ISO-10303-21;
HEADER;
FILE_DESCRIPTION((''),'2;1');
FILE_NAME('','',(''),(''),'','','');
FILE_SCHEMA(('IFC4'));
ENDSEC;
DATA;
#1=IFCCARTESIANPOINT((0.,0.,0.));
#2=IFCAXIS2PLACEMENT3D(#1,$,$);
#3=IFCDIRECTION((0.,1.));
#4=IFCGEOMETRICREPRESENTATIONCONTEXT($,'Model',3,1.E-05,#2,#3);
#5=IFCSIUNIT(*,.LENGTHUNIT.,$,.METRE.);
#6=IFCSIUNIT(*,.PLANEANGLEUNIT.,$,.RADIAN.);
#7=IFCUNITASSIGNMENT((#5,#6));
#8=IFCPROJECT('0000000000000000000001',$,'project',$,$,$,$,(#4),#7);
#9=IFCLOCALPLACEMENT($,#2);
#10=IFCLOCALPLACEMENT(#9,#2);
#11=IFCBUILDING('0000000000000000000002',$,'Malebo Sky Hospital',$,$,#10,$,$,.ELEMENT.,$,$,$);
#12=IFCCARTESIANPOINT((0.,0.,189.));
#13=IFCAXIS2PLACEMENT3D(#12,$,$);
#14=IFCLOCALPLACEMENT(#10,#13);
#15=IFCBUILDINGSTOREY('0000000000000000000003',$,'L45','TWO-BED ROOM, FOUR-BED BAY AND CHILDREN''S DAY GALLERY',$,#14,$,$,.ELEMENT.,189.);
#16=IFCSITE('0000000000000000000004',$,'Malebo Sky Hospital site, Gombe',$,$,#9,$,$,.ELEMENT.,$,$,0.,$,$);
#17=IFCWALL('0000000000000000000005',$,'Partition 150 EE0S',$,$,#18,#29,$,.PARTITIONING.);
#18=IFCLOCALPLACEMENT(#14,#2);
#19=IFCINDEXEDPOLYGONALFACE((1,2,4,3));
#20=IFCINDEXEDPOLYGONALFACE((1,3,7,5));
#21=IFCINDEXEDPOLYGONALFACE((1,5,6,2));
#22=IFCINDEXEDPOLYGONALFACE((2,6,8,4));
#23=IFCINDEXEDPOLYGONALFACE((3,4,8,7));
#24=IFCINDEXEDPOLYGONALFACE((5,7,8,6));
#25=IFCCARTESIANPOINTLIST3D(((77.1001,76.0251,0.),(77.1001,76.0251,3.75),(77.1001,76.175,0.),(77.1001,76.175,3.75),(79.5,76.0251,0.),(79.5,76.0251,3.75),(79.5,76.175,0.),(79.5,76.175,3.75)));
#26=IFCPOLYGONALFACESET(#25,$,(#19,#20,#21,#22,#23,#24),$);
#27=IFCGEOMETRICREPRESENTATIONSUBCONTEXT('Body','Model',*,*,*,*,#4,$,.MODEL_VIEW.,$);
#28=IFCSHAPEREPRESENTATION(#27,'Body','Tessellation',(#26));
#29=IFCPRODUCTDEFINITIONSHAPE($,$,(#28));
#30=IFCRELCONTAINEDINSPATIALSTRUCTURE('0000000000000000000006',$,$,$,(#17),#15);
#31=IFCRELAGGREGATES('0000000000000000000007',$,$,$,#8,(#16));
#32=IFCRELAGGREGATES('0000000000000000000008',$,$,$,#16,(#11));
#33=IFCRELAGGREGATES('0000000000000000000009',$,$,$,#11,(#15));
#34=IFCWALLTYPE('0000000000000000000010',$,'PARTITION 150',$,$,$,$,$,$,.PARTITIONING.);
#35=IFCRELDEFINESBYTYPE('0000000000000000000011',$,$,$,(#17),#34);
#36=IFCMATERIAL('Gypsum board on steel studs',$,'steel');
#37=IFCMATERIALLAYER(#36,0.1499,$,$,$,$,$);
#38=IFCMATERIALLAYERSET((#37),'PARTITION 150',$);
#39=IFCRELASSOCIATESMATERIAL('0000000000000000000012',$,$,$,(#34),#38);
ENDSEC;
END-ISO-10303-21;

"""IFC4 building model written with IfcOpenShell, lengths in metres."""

from ifc_helpers import new_model, si_unit, direction, frame, frame_2d, origin, place, context, subcontext, project, spatial, rectangle, extrude, material, layer, layer_set, type_object, element, save


model = new_model("IFC4")

# Units and contexts
model_context = context("Model", 3, precision=1e-05, world=origin(), true_north=direction((0.0, 1.0)))
body_context = subcontext(model_context, "Body", "Model", "MODEL_VIEW")
ifc_project = project(units=[si_unit("LENGTHUNIT", "METRE"), si_unit("PLANEANGLEUNIT", "RADIAN")], contexts=[model_context])

# Site, building, storey
site_placement = place(None, origin())
site = spatial("IfcSite", under=ifc_project, at=site_placement, Name="Malebo Sky Hospital site, Gombe", CompositionType="ELEMENT", RefElevation=0.0)
building_placement = place(site_placement, origin())
building = spatial("IfcBuilding", under=site, at=building_placement, Name="Malebo Sky Hospital", CompositionType="ELEMENT")
storey_placement = place(building_placement, frame((0.0, 0.0, 189.0)))
storey = spatial("IfcBuildingStorey", under=building, at=storey_placement, Name="L45", Description="TWO-BED ROOM, FOUR-BED BAY AND CHILDREN'S DAY GALLERY", CompositionType="ELEMENT", Elevation=189.0)

# Shared definitions
ifc_material_1 = material(Name="Gypsum board on steel studs", Category="steel")

# Shared definitions
ifc_layer_1 = layer(ifc_material_1, 0.1499)
ifc_layer_set_1 = layer_set([ifc_layer_1], Name="PARTITION 150")
wall_type_1 = type_object("IfcWallType", Name="PARTITION 150", PredefinedType="PARTITIONING", material=ifc_layer_set_1)

# Wall
wall_1_placement = place(storey_placement, frame((77.1001, 76.1001, 0.0), z_axis=(0.0, 0.0, 1.0), x_axis=(1.0, 0.0, 0.0)))
element("IfcWall", 1, at=wall_1_placement, inside=storey, type_object=wall_type_1, Name="Partition 150 EE0S", PredefinedType="PARTITIONING", context=body_context, shape_type="SweptSolid", body=[
    extrude(rectangle(XDim=2.3999, YDim=0.1499, at=frame_2d((1.2, 0.0))), origin(), (0.0, 0.0, 1.0), 3.75),
])

save(model, "model.ifc")
